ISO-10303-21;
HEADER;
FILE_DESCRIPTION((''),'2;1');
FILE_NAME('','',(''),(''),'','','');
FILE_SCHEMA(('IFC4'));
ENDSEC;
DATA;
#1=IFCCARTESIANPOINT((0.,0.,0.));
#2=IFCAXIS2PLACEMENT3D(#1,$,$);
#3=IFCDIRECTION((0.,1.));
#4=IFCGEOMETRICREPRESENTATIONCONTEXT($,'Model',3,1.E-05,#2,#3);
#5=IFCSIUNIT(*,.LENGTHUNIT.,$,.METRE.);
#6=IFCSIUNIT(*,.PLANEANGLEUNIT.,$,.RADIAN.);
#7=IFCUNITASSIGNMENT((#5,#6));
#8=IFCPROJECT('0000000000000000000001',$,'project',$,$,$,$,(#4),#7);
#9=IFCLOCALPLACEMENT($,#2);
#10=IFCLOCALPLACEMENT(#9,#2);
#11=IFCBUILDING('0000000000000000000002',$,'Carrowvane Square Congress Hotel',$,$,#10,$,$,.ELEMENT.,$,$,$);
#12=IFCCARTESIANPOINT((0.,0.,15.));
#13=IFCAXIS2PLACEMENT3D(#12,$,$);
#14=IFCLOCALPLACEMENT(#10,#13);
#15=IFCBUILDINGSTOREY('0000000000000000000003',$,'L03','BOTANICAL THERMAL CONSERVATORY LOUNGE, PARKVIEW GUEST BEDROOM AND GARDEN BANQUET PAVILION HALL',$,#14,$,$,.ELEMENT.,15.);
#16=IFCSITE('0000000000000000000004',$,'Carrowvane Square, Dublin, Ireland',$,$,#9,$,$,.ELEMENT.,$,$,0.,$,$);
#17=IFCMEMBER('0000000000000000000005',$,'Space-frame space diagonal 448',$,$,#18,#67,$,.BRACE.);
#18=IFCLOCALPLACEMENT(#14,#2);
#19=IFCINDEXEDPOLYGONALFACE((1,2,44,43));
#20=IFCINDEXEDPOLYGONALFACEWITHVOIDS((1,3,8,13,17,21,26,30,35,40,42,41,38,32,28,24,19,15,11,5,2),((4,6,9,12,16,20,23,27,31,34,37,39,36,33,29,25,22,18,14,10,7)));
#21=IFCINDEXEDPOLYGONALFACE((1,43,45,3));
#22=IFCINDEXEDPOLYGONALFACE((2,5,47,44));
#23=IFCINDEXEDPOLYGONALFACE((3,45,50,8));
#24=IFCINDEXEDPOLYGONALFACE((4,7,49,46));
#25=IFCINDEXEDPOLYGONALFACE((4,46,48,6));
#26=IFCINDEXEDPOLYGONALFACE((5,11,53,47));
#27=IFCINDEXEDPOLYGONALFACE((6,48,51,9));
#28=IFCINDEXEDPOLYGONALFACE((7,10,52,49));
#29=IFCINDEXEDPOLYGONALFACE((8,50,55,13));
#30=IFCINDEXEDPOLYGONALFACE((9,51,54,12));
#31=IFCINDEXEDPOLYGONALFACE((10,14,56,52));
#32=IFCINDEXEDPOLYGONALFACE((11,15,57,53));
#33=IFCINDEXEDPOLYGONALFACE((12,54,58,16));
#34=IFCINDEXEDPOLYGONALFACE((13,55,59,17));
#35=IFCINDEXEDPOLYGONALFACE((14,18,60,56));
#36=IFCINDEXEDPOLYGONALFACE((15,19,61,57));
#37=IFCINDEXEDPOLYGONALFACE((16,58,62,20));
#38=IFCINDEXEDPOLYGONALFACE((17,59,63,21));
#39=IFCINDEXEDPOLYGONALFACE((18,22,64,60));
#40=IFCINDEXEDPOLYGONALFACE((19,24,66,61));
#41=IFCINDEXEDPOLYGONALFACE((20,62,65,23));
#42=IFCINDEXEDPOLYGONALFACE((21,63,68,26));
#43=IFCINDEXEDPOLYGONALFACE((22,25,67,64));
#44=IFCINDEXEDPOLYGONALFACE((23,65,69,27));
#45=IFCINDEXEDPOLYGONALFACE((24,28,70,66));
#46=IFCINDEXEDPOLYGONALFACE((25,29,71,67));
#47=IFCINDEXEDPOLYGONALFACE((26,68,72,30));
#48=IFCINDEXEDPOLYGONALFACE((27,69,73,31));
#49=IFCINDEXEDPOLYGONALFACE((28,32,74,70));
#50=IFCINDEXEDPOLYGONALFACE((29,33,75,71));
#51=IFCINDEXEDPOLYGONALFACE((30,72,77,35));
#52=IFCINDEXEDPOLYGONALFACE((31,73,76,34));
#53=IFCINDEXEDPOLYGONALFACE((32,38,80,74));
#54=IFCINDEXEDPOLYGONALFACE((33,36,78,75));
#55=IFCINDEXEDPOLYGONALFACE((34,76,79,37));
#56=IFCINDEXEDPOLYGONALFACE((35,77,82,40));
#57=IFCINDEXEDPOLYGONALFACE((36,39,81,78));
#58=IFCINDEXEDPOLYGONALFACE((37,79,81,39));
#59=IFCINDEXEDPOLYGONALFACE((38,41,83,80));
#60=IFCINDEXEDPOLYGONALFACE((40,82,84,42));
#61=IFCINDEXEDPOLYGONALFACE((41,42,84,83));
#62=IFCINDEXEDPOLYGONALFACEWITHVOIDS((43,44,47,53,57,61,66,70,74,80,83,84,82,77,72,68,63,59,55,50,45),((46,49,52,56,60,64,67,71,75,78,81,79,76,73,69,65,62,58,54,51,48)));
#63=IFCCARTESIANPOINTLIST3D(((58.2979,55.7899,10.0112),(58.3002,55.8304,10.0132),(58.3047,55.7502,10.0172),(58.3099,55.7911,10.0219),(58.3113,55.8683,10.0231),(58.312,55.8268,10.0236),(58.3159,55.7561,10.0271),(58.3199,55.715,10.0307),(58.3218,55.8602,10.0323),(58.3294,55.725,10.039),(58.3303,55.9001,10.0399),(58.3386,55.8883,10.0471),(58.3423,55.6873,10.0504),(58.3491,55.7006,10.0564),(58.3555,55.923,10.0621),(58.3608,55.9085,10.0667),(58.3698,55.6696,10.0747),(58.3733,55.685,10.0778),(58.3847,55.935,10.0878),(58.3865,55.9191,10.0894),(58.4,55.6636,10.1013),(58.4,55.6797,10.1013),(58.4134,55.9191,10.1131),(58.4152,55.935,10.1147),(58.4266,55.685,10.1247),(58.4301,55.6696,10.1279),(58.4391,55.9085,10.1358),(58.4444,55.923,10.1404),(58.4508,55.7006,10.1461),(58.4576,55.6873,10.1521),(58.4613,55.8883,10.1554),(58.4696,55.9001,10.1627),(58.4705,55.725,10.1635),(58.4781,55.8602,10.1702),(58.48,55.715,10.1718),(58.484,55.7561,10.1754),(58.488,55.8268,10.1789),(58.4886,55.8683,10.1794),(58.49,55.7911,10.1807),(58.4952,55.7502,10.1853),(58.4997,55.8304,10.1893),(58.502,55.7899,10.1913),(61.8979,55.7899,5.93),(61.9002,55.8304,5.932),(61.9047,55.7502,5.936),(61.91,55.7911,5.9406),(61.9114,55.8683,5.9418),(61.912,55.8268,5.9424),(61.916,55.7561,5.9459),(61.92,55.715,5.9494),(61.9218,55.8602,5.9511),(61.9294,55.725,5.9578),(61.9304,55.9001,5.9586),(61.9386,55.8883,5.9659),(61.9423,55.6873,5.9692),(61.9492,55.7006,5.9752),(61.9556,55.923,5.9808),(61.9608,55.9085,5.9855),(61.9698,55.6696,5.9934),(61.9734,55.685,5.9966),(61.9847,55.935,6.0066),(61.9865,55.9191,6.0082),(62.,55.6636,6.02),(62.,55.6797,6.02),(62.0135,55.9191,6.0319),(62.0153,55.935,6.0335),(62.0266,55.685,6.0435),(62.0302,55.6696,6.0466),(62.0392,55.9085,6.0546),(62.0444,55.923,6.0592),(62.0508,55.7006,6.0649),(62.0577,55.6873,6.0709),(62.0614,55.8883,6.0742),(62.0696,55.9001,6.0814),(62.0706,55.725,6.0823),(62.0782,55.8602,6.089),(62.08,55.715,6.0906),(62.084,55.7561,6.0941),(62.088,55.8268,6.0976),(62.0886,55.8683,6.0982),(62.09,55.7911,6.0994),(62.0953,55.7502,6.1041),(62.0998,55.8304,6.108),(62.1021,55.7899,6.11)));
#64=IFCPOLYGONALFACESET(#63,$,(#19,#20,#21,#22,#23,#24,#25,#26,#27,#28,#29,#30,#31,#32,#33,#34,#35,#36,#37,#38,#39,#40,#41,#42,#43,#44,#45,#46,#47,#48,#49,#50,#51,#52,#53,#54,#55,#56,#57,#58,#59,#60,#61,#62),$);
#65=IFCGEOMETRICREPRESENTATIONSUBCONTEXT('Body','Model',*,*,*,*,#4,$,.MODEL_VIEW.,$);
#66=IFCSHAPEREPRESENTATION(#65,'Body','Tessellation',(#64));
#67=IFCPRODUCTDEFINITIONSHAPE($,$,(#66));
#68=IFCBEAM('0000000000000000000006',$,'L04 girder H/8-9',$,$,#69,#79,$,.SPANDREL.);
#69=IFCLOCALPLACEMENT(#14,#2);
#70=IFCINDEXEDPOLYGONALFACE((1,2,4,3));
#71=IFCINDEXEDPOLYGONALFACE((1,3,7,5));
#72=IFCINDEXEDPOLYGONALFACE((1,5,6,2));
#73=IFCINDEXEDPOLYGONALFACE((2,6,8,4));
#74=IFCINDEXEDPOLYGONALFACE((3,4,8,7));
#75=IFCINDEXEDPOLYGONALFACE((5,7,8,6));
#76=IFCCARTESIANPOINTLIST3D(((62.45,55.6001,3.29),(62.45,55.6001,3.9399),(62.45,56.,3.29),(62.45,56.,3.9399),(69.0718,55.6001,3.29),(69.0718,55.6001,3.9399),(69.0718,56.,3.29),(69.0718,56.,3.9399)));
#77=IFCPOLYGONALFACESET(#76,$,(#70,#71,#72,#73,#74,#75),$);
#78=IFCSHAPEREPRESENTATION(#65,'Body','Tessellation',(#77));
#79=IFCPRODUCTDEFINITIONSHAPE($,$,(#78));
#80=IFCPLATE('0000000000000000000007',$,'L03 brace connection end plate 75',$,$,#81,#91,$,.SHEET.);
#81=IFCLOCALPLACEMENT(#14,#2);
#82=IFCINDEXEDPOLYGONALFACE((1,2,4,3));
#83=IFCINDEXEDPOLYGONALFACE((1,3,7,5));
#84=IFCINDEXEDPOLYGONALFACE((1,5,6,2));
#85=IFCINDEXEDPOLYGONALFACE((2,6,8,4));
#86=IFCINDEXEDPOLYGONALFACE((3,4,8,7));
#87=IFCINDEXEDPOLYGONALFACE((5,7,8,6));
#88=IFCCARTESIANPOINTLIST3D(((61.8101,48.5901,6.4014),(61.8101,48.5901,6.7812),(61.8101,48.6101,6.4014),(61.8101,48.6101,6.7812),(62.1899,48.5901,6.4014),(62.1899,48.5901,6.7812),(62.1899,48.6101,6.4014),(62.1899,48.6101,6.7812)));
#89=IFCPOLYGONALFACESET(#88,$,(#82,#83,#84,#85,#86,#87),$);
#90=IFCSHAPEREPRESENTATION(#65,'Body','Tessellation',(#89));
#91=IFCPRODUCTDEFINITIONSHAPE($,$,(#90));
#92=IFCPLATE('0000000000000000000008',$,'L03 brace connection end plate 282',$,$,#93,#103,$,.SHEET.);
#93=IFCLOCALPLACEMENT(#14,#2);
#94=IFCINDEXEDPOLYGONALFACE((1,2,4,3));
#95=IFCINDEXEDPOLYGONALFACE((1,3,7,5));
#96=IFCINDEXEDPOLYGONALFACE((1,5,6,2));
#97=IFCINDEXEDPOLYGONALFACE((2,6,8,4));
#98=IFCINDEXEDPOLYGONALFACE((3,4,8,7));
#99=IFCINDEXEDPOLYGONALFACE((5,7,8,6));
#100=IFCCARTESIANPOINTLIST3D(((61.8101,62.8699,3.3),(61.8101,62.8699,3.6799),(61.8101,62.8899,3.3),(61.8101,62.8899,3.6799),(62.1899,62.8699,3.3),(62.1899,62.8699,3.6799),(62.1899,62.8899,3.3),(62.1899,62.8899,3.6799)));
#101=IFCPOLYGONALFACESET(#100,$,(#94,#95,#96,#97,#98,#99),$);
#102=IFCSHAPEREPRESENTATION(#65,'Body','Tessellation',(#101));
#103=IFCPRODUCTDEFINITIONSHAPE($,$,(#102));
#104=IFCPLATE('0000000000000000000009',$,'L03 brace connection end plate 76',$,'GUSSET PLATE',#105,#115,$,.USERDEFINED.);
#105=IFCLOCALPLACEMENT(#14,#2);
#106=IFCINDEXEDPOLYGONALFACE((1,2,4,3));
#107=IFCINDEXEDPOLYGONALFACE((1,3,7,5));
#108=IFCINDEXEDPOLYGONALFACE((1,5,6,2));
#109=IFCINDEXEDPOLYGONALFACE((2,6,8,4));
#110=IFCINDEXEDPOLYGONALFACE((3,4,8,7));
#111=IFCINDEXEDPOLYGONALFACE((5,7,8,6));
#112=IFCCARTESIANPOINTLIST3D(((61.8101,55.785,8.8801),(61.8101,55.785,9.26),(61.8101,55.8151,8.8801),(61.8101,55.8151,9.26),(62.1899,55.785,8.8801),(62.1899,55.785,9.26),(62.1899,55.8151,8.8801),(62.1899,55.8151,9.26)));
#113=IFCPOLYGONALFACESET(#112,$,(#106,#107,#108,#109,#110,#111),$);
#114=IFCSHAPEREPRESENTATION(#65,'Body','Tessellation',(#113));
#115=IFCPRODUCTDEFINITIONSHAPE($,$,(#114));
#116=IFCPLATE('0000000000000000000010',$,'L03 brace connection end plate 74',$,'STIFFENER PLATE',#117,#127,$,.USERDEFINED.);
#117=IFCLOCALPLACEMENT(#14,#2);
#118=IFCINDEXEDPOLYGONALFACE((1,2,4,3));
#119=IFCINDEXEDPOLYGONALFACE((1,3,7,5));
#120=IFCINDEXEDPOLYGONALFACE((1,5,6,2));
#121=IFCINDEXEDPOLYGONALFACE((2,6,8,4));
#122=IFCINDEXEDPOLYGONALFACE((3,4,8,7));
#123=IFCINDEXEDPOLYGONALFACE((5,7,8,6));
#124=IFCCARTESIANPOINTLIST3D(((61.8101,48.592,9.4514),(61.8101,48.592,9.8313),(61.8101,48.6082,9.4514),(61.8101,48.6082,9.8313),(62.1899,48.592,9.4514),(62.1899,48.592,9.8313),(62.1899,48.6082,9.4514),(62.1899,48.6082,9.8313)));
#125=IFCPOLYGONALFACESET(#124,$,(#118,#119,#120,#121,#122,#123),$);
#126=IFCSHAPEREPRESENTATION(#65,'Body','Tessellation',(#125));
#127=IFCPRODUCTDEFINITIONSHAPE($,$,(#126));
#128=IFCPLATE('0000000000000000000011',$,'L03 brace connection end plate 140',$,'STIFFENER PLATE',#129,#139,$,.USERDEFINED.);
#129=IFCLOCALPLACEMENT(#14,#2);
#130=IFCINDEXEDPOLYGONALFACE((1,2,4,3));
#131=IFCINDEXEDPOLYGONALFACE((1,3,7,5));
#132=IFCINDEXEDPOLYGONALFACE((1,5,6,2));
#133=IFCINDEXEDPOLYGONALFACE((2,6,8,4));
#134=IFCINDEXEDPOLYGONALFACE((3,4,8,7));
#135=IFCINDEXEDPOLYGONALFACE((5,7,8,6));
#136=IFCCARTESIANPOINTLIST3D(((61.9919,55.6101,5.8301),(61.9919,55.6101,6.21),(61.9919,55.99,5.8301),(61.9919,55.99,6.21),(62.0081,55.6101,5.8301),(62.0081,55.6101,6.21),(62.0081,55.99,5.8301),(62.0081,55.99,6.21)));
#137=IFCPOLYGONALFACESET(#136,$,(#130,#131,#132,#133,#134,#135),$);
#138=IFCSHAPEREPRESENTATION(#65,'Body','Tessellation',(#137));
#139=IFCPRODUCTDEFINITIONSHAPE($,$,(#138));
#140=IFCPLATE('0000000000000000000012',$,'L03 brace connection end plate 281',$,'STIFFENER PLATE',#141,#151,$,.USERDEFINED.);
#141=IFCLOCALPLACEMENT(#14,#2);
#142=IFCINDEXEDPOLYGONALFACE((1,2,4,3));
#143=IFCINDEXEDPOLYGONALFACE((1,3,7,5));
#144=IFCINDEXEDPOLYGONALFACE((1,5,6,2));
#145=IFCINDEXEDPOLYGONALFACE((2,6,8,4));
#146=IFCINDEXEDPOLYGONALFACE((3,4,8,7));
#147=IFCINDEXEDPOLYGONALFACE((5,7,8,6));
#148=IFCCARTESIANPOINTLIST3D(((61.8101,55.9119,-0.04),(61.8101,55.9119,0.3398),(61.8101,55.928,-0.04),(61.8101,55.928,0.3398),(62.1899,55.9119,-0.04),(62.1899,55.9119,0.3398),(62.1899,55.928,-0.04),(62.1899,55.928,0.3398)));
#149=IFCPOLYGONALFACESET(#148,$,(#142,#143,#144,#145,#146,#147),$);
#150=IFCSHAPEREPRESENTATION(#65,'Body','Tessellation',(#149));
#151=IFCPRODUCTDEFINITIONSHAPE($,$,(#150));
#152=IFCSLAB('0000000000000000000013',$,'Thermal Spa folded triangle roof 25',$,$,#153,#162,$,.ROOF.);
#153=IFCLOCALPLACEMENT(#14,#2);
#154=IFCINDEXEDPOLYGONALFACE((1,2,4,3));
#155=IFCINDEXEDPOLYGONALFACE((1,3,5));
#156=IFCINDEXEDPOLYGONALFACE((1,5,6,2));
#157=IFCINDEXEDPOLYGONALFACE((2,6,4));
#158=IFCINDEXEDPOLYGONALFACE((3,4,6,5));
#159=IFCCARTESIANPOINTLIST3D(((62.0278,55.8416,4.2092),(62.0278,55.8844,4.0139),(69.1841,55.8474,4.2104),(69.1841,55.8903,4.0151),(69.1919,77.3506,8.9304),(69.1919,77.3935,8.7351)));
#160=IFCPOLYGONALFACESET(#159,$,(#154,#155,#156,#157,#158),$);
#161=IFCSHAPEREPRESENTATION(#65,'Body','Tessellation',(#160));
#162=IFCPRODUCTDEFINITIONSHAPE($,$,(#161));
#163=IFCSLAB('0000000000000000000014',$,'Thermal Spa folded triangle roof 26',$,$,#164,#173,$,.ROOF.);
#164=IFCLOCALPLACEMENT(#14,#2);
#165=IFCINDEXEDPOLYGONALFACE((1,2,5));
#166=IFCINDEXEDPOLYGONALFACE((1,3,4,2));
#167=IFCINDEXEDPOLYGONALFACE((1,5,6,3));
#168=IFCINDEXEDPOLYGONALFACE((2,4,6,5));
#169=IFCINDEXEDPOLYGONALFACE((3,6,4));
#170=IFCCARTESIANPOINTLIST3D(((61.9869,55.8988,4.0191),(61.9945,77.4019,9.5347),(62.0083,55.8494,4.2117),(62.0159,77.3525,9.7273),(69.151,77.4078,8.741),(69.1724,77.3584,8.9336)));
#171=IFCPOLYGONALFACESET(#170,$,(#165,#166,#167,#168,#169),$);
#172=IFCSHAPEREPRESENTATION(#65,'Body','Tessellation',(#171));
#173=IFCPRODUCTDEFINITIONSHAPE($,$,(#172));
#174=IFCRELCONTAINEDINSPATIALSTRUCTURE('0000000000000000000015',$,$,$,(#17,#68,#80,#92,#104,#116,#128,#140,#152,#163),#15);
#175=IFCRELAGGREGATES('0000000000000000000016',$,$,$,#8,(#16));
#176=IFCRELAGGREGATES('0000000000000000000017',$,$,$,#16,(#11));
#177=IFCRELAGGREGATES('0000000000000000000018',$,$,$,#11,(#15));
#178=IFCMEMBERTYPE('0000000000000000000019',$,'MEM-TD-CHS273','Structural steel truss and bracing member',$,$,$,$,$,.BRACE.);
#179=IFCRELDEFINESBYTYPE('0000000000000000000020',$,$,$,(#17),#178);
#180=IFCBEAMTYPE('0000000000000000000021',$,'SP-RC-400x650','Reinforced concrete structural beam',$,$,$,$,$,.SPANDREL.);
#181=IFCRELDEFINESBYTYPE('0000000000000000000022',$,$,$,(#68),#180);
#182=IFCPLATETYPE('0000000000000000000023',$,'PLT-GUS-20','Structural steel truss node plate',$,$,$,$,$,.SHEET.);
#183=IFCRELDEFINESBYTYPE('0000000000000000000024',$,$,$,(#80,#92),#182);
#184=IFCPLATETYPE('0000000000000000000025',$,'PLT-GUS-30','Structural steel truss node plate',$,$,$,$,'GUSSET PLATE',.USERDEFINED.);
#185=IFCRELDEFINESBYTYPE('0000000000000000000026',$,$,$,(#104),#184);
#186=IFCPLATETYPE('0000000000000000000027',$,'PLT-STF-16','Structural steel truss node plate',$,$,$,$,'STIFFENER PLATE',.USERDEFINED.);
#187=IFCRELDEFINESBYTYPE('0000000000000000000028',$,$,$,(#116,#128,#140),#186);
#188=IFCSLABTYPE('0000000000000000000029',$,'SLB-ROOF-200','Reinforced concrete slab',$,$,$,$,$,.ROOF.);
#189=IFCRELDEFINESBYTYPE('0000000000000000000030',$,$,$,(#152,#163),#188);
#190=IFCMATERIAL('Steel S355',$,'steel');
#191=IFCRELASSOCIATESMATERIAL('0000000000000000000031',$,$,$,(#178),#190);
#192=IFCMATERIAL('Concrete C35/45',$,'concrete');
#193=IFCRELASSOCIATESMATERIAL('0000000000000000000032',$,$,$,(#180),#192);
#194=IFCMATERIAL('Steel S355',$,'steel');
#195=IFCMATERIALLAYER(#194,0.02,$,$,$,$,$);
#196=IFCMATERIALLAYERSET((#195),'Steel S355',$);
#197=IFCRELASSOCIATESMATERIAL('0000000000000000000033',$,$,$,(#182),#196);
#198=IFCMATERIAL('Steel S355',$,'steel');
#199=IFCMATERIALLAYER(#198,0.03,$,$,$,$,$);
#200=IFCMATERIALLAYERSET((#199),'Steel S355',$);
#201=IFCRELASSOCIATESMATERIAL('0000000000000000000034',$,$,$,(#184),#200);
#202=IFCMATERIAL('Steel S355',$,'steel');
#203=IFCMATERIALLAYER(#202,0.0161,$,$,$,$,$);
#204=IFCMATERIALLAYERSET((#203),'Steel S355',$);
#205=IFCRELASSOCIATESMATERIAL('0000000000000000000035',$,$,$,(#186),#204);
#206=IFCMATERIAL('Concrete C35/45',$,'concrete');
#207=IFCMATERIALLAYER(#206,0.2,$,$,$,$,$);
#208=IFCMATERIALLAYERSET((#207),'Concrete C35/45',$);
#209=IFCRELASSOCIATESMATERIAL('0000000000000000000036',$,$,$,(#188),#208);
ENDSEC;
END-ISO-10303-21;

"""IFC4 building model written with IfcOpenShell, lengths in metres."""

from ifc_helpers import new_model, si_unit, direction, frame, origin, origin_2d, place, context, subcontext, project, spatial, polyline, rectangle, hollow_circle, outline, extrude, material, layer, layer_set, material_profile, profile_set, type_object, element, save


model = new_model("IFC4")

# Units and contexts
model_context = context("Model", 3, precision=1e-05, world=origin(), true_north=direction((0.0, 1.0)))
body_context = subcontext(model_context, "Body", "Model", "MODEL_VIEW")
ifc_project = project(units=[si_unit("LENGTHUNIT", "METRE"), si_unit("PLANEANGLEUNIT", "RADIAN")], contexts=[model_context])

# Site, building, storey
site_placement = place(None, origin())
site = spatial("IfcSite", under=ifc_project, at=site_placement, Name="Carrowvane Square, Dublin, Ireland", CompositionType="ELEMENT", RefElevation=0.0)
building_placement = place(site_placement, origin())
building = spatial("IfcBuilding", under=site, at=building_placement, Name="Carrowvane Square Congress Hotel", CompositionType="ELEMENT")
storey_placement = place(building_placement, frame((0.0, 0.0, 15.0)))
storey = spatial("IfcBuildingStorey", under=building, at=storey_placement, Name="L03", Description="BOTANICAL THERMAL CONSERVATORY LOUNGE, PARKVIEW GUEST BEDROOM AND GARDEN BANQUET PAVILION HALL", CompositionType="ELEMENT", Elevation=15.0)

# Member
ifc_material_1 = material(Name="Steel S355", Category="steel")
ifc_material_profile_1 = material_profile(ifc_material_1, hollow_circle(Radius=0.1365, WallThickness=0.0161, at=origin_2d()), Name="CHS 273.0x16")
ifc_profile_set_1 = profile_set([ifc_material_profile_1], Name="Steel S355")
member_type_1 = type_object("IfcMemberType", Name="MEM-TD-CHS273", Description="Structural steel truss and bracing member", PredefinedType="BRACE", material=ifc_profile_set_1)
member_1_placement = place(storey_placement, frame((62.0, 55.8, 6.02), z_axis=(-0.661513, 0.0, 0.749933), x_axis=(0.0, -1.0, 0.0)))
element("IfcMember", 1, at=member_1_placement, inside=storey, type_object=member_type_1, Name="Space-frame space diagonal 448", PredefinedType="BRACE", context=body_context, shape_type="SweptSolid", body=[
    extrude(hollow_circle(Radius=0.1365, WallThickness=0.0161, at=origin_2d()), origin(), (0.0, 0.0, 1.0), 5.4421),
])

# Beam
ifc_material_2 = material(Name="Concrete C35/45", Category="concrete")
ifc_material_profile_2 = material_profile(ifc_material_2, rectangle(XDim=0.3999, YDim=0.6499, at=origin_2d()), Name="RC 400x650")
ifc_profile_set_2 = profile_set([ifc_material_profile_2], Name="Concrete C35/45")
beam_type_1 = type_object("IfcBeamType", Name="SP-RC-400x650", Description="Reinforced concrete structural beam", PredefinedType="SPANDREL", material=ifc_profile_set_2)
beam_placement = place(storey_placement, frame((62.45, 55.8, 3.615), z_axis=(1.0, 0.0, 0.0), x_axis=(0.0, 1.0, 0.0)))
element("IfcBeam", 2, at=beam_placement, inside=storey, type_object=beam_type_1, Name="L04 girder H/8-9", PredefinedType="SPANDREL", context=body_context, shape_type="SweptSolid", body=[
    extrude(rectangle(XDim=0.3999, YDim=0.6499, at=origin_2d()), origin(), (0.0, 0.0, 1.0), 6.6218),
])

# Plates
ifc_material_3 = material(Name="Steel S355", Category="steel")
ifc_layer_1 = layer(ifc_material_3, 0.02)
ifc_layer_set_1 = layer_set([ifc_layer_1], Name="Steel S355")
plate_type_1 = type_object("IfcPlateType", Name="PLT-GUS-20", Description="Structural steel truss node plate", PredefinedType="SHEET", material=ifc_layer_set_1)
for number, where, z_axis, x_axis, name in (
    (3, (62.0, 48.6001, 6.4014), (0.0, 0.0, 1.0), (1.0, 0.0, 0.0), "L03 brace connection end plate 75"),
    (4, (62.0, 62.8799, 3.3), (0.0, 0.0, 1.0), (1.0, 0.0, 0.0), "L03 brace connection end plate 282"),
):
    element("IfcPlate", number, at=place(storey_placement, frame(where, z_axis=z_axis, x_axis=x_axis)), inside=storey, type_object=plate_type_1, Name=name, PredefinedType="SHEET", context=body_context, shape_type="SweptSolid", body=[
        extrude(rectangle(XDim=0.3799, YDim=0.02, at=origin_2d()), origin(), (0.0, 0.0, 1.0), 0.3799),
    ])
ifc_material_4 = material(Name="Steel S355", Category="steel")
ifc_layer_2 = layer(ifc_material_4, 0.03)
ifc_layer_set_2 = layer_set([ifc_layer_2], Name="Steel S355")
plate_type_2 = type_object("IfcPlateType", Name="PLT-GUS-30", Description="Structural steel truss node plate", ElementType="GUSSET PLATE", PredefinedType="USERDEFINED", material=ifc_layer_set_2)
plate_1_placement = place(storey_placement, frame((62.0, 55.8, 8.8801), z_axis=(0.0, 0.0, 1.0), x_axis=(1.0, 0.0, 0.0)))
element("IfcPlate", 5, at=plate_1_placement, inside=storey, type_object=plate_type_2, Name="L03 brace connection end plate 76", ObjectType="GUSSET PLATE", PredefinedType="USERDEFINED", context=body_context, shape_type="SweptSolid", body=[
    extrude(rectangle(XDim=0.3799, YDim=0.03, at=origin_2d()), origin(), (0.0, 0.0, 1.0), 0.3799),
])
ifc_material_5 = material(Name="Steel S355", Category="steel")
ifc_layer_3 = layer(ifc_material_5, 0.0161)
ifc_layer_set_3 = layer_set([ifc_layer_3], Name="Steel S355")
plate_type_3 = type_object("IfcPlateType", Name="PLT-STF-16", Description="Structural steel truss node plate", ElementType="STIFFENER PLATE", PredefinedType="USERDEFINED", material=ifc_layer_set_3)
plate_2_placement = place(storey_placement, frame((62.0, 48.6001, 9.4514), z_axis=(0.0, 0.0, 1.0), x_axis=(1.0, 0.0, 0.0)))
element("IfcPlate", 6, at=plate_2_placement, inside=storey, type_object=plate_type_3, Name="L03 brace connection end plate 74", ObjectType="STIFFENER PLATE", PredefinedType="USERDEFINED", context=body_context, shape_type="SweptSolid", body=[
    extrude(rectangle(XDim=0.3799, YDim=0.0161, at=origin_2d()), origin(), (0.0, 0.0, 1.0), 0.3799),
])
plate_3_placement = place(storey_placement, frame((62.0, 55.8, 5.8301), z_axis=(0.0, 0.0, 1.0), x_axis=(1.0, 0.0, 0.0)))
element("IfcPlate", 7, at=plate_3_placement, inside=storey, type_object=plate_type_3, Name="L03 brace connection end plate 140", ObjectType="STIFFENER PLATE", PredefinedType="USERDEFINED", context=body_context, shape_type="SweptSolid", body=[
    extrude(rectangle(XDim=0.0161, YDim=0.3799, at=origin_2d()), origin(), (0.0, 0.0, 1.0), 0.3799),
])
plate_4_placement = place(storey_placement, frame((62.0, 55.9199, -0.04), z_axis=(0.0, 0.0, 1.0), x_axis=(1.0, 0.0, 0.0)))
element("IfcPlate", 8, at=plate_4_placement, inside=storey, type_object=plate_type_3, Name="L03 brace connection end plate 281", ObjectType="STIFFENER PLATE", PredefinedType="USERDEFINED", context=body_context, shape_type="SweptSolid", body=[
    extrude(rectangle(XDim=0.3799, YDim=0.0161, at=origin_2d()), origin(), (0.0, 0.0, 1.0), 0.3799),
])

# Slabs
ifc_material_6 = material(Name="Concrete C35/45", Category="concrete")
ifc_layer_4 = layer(ifc_material_6, 0.2)
ifc_layer_set_4 = layer_set([ifc_layer_4], Name="Concrete C35/45")
slab_type = type_object("IfcSlabType", Name="SLB-ROOF-200", Description="Reinforced concrete slab", PredefinedType="ROOF", material=ifc_layer_set_4)
slab_1_placement = place(storey_placement, frame((62.0278, 55.8416, 4.2092), z_axis=(0.000009, -0.214397, 0.976747), x_axis=(1.0, 0.000819, 0.000171)))
element("IfcSlab", 9, at=slab_1_placement, inside=storey, type_object=slab_type, Name="Thermal Spa folded triangle roof 25", PredefinedType="ROOF", context=body_context, shape_type="SweptSolid", body=[
    extrude(outline(polyline([(0.0, 0.0), (7.1563, 0.0), (7.1825, 22.0151), (0.0, 0.0)])), origin(), (0.0, 0.0, -1.0), 0.2),
])
slab_2_placement = place(storey_placement, frame((62.0083, 55.8494, 4.2117), z_axis=(0.107013, -0.247068, 0.963071), x_axis=(0.309366, 0.928824, 0.203907)))
element("IfcSlab", 10, at=slab_2_placement, inside=storey, type_object=slab_type, Name="Thermal Spa folded triangle roof 26", PredefinedType="ROOF", context=body_context, shape_type="SweptSolid", body=[
    extrude(outline(polyline([(0.0, 0.0), (23.1573, 0.0), (21.0997, 6.9001), (0.0, 0.0)])), origin(), (0.0, 0.0, -1.0), 0.2),
])

save(model, "model.ifc")
